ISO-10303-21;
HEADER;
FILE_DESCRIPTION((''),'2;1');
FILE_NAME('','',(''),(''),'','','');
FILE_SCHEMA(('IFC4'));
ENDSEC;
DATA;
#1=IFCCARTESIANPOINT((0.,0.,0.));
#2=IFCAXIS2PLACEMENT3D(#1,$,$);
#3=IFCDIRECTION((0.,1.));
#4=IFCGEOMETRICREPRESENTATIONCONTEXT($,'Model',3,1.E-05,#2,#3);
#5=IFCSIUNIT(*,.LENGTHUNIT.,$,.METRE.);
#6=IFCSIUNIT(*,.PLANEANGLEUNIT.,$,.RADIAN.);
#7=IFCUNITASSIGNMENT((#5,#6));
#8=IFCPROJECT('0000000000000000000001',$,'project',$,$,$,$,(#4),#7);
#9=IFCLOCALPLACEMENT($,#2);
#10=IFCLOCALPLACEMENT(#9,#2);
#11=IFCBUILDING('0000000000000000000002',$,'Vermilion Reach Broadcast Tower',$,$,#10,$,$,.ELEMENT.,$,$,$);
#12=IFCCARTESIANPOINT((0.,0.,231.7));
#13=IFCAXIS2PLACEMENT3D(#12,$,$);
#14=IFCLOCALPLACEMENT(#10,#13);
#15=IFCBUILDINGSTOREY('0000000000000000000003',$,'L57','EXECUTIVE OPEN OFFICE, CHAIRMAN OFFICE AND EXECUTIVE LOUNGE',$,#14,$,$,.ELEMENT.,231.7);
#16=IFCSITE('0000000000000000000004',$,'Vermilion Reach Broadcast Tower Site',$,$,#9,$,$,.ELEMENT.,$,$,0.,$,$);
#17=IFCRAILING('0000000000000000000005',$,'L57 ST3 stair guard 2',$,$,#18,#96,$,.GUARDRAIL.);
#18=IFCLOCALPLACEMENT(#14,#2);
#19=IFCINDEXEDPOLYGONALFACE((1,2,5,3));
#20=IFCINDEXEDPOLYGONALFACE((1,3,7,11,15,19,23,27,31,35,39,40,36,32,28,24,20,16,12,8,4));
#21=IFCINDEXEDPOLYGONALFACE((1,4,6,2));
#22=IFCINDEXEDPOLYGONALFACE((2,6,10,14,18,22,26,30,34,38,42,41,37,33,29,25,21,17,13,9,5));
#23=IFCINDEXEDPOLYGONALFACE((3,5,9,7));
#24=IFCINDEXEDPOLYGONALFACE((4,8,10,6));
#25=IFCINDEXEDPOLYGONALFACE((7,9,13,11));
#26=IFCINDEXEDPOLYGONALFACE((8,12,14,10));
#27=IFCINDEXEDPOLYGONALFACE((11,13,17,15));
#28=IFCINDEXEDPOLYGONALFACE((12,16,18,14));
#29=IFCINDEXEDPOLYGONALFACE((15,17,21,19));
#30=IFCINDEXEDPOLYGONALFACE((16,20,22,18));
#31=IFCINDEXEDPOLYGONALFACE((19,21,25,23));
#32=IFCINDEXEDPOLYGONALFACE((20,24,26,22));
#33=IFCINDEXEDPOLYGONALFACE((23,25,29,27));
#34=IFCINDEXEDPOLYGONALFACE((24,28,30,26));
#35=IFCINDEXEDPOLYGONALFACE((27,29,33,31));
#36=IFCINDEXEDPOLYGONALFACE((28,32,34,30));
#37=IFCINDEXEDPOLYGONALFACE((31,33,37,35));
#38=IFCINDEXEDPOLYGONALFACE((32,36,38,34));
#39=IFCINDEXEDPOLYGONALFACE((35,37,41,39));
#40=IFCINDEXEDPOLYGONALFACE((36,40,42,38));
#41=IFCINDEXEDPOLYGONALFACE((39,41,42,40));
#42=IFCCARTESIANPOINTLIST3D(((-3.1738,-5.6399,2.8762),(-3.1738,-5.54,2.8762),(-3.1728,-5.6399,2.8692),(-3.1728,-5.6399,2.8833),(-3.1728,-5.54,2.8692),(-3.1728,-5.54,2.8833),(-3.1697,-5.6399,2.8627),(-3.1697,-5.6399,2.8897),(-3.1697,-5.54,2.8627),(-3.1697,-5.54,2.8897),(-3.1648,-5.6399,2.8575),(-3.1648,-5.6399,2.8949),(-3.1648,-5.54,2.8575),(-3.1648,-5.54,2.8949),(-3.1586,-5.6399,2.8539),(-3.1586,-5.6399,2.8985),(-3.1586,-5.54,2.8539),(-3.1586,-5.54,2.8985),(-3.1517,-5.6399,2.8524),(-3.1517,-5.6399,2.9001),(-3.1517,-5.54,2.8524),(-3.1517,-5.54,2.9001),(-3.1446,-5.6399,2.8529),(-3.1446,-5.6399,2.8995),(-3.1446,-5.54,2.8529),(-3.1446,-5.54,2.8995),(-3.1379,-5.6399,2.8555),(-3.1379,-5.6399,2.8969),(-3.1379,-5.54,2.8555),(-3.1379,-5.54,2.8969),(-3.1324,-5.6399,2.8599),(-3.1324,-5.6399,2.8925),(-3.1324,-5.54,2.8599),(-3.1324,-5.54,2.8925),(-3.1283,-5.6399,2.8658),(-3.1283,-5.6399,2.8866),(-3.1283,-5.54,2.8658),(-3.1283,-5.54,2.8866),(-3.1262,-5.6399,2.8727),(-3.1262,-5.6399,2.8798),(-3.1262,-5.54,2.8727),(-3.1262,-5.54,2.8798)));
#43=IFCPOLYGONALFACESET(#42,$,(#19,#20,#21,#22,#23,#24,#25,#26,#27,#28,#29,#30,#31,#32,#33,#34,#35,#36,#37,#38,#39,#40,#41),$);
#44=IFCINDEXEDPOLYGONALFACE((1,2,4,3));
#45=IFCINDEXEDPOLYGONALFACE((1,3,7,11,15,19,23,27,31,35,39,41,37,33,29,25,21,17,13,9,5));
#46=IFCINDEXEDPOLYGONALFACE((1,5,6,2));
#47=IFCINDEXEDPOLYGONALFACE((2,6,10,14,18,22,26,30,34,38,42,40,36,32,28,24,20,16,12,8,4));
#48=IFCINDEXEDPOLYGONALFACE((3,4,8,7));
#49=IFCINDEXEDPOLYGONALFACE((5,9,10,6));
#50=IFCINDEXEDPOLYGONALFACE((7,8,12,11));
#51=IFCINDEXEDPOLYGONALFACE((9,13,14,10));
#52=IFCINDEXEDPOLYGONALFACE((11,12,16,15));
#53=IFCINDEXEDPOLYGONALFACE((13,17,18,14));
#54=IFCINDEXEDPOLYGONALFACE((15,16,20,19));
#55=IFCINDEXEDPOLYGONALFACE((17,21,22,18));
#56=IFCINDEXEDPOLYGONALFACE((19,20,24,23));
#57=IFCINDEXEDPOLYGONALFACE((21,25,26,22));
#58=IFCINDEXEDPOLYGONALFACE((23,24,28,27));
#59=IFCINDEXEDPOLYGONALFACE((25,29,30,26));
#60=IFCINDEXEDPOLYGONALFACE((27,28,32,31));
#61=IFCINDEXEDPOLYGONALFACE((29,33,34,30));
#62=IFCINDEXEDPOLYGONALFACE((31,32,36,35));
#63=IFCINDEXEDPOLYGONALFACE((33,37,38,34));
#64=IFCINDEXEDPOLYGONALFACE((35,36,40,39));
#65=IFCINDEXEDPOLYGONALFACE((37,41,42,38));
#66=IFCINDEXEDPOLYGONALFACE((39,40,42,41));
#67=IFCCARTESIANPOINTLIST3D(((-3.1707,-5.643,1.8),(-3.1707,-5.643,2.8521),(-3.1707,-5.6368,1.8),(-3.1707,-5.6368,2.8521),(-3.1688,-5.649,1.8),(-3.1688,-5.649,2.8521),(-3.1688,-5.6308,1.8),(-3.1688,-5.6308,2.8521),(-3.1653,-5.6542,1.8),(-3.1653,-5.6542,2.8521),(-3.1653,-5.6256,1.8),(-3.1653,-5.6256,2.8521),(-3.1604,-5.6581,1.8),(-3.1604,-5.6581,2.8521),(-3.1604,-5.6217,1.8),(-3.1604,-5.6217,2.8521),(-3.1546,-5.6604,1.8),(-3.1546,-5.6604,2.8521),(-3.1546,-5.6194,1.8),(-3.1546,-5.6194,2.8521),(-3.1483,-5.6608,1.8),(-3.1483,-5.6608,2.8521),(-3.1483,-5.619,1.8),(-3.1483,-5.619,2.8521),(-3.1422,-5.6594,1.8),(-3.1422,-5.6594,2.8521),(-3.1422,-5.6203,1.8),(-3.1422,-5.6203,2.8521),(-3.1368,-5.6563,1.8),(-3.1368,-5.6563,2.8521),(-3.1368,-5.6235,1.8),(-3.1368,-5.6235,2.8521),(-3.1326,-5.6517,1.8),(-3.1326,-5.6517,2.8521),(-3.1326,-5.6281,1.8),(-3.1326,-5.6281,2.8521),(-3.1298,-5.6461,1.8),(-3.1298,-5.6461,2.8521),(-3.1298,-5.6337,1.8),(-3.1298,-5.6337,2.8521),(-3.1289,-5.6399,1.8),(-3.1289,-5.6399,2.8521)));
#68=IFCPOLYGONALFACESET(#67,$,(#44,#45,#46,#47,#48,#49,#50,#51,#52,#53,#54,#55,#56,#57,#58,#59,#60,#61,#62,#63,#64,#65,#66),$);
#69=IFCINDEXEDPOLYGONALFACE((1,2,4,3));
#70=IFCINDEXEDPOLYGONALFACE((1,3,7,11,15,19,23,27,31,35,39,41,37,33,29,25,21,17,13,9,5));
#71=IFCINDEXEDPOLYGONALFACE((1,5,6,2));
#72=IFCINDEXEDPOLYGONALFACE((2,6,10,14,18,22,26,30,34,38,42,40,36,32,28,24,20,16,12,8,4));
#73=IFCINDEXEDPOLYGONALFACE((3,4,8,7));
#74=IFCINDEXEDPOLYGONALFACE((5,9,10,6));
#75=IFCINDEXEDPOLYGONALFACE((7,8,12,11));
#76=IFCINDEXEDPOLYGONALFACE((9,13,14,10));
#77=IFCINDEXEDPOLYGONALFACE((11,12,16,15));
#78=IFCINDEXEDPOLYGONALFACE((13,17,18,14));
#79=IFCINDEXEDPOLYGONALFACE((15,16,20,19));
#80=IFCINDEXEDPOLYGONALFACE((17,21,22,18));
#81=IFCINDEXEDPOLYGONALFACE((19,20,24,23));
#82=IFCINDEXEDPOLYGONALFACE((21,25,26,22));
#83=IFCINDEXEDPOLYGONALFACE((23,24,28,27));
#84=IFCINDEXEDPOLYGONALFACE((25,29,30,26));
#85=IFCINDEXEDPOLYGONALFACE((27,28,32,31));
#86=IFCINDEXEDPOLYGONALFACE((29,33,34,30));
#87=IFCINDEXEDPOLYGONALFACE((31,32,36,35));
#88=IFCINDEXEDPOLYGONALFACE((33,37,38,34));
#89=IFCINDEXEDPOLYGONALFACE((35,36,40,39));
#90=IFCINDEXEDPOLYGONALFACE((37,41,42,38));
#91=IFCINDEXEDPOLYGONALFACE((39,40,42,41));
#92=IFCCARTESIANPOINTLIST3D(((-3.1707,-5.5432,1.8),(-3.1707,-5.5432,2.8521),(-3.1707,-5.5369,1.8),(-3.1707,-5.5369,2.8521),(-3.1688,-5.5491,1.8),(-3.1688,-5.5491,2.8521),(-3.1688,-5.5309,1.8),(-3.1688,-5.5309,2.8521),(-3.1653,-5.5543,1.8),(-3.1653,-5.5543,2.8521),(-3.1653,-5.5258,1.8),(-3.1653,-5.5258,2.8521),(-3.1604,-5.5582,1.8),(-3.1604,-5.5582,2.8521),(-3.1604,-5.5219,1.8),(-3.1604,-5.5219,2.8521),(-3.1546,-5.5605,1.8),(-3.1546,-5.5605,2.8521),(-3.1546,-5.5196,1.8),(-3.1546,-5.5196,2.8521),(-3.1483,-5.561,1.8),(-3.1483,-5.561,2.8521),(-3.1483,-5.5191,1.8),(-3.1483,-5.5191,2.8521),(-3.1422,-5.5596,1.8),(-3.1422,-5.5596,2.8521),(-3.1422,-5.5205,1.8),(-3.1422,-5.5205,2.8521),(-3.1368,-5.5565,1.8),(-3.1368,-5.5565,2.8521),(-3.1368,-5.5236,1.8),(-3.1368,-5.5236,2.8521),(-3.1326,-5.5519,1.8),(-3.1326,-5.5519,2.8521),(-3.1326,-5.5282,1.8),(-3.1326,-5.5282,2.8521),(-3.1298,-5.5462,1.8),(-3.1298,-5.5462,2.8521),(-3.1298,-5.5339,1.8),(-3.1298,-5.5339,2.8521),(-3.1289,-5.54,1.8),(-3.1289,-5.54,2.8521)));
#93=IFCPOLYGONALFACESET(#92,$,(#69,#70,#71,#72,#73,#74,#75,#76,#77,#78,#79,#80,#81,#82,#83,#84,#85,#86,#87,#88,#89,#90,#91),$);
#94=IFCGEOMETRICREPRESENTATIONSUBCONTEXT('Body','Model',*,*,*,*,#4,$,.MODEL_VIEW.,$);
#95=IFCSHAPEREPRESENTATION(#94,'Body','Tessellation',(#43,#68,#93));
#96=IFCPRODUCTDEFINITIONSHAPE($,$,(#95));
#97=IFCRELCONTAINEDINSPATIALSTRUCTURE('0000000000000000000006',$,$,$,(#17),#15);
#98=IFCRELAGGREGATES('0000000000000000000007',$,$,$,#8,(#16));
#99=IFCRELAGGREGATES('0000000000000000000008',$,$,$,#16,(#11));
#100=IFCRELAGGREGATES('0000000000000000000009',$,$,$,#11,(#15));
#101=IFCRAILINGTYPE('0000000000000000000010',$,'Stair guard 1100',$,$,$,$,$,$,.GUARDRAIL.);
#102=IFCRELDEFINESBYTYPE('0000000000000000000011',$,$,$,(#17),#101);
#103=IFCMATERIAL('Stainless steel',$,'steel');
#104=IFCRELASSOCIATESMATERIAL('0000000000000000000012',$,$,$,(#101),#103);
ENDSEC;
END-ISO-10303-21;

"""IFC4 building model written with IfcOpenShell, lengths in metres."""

from ifc_helpers import new_model, si_unit, direction, frame, origin, origin_2d, place, context, subcontext, project, spatial, circle, extrude, material, type_object, element, save


model = new_model("IFC4")

# Units and contexts
model_context = context("Model", 3, precision=1e-05, world=origin(), true_north=direction((0.0, 1.0)))
body_context = subcontext(model_context, "Body", "Model", "MODEL_VIEW")
ifc_project = project(units=[si_unit("LENGTHUNIT", "METRE"), si_unit("PLANEANGLEUNIT", "RADIAN")], contexts=[model_context])

# Site, building, storey
site_placement = place(None, origin())
site = spatial("IfcSite", under=ifc_project, at=site_placement, Name="Vermilion Reach Broadcast Tower Site", CompositionType="ELEMENT", RefElevation=0.0)
building_placement = place(site_placement, origin())
building = spatial("IfcBuilding", under=site, at=building_placement, Name="Vermilion Reach Broadcast Tower", CompositionType="ELEMENT")
storey_placement = place(building_placement, frame((0.0, 0.0, 231.7)))
storey = spatial("IfcBuildingStorey", under=building, at=storey_placement, Name="L57", Description="EXECUTIVE OPEN OFFICE, CHAIRMAN OFFICE AND EXECUTIVE LOUNGE", CompositionType="ELEMENT", Elevation=231.7)

# Railing
ifc_material_1 = material(Name="Stainless steel", Category="steel")
railing_type_1 = type_object("IfcRailingType", Name="Stair guard 1100", PredefinedType="GUARDRAIL", material=ifc_material_1)
railing_1_placement = place(storey_placement, frame((-3.1499, -5.6399, 1.8)))
element("IfcRailing", 1, at=railing_1_placement, inside=storey, type_object=railing_type_1, Name="L57 ST3 stair guard 2", PredefinedType="GUARDRAIL", context=body_context, shape_type="SweptSolid", body=[
    extrude(circle(Radius=0.0239, at=origin_2d()), frame((0.0, 0.0, 1.0762), z_axis=(0.0, 1.0, 0.0), x_axis=(-1.0, 0.0, 0.0)), (0.0, 0.0, 1.0), 0.0999),
    extrude(circle(Radius=0.021, at=origin_2d()), origin(), (0.0, 0.0, 1.0), 1.052),
    extrude(circle(Radius=0.021, at=origin_2d()), frame((0.0, 0.0999, 0.0)), (0.0, 0.0, 1.0), 1.052),
])

save(model, "model.ifc")
